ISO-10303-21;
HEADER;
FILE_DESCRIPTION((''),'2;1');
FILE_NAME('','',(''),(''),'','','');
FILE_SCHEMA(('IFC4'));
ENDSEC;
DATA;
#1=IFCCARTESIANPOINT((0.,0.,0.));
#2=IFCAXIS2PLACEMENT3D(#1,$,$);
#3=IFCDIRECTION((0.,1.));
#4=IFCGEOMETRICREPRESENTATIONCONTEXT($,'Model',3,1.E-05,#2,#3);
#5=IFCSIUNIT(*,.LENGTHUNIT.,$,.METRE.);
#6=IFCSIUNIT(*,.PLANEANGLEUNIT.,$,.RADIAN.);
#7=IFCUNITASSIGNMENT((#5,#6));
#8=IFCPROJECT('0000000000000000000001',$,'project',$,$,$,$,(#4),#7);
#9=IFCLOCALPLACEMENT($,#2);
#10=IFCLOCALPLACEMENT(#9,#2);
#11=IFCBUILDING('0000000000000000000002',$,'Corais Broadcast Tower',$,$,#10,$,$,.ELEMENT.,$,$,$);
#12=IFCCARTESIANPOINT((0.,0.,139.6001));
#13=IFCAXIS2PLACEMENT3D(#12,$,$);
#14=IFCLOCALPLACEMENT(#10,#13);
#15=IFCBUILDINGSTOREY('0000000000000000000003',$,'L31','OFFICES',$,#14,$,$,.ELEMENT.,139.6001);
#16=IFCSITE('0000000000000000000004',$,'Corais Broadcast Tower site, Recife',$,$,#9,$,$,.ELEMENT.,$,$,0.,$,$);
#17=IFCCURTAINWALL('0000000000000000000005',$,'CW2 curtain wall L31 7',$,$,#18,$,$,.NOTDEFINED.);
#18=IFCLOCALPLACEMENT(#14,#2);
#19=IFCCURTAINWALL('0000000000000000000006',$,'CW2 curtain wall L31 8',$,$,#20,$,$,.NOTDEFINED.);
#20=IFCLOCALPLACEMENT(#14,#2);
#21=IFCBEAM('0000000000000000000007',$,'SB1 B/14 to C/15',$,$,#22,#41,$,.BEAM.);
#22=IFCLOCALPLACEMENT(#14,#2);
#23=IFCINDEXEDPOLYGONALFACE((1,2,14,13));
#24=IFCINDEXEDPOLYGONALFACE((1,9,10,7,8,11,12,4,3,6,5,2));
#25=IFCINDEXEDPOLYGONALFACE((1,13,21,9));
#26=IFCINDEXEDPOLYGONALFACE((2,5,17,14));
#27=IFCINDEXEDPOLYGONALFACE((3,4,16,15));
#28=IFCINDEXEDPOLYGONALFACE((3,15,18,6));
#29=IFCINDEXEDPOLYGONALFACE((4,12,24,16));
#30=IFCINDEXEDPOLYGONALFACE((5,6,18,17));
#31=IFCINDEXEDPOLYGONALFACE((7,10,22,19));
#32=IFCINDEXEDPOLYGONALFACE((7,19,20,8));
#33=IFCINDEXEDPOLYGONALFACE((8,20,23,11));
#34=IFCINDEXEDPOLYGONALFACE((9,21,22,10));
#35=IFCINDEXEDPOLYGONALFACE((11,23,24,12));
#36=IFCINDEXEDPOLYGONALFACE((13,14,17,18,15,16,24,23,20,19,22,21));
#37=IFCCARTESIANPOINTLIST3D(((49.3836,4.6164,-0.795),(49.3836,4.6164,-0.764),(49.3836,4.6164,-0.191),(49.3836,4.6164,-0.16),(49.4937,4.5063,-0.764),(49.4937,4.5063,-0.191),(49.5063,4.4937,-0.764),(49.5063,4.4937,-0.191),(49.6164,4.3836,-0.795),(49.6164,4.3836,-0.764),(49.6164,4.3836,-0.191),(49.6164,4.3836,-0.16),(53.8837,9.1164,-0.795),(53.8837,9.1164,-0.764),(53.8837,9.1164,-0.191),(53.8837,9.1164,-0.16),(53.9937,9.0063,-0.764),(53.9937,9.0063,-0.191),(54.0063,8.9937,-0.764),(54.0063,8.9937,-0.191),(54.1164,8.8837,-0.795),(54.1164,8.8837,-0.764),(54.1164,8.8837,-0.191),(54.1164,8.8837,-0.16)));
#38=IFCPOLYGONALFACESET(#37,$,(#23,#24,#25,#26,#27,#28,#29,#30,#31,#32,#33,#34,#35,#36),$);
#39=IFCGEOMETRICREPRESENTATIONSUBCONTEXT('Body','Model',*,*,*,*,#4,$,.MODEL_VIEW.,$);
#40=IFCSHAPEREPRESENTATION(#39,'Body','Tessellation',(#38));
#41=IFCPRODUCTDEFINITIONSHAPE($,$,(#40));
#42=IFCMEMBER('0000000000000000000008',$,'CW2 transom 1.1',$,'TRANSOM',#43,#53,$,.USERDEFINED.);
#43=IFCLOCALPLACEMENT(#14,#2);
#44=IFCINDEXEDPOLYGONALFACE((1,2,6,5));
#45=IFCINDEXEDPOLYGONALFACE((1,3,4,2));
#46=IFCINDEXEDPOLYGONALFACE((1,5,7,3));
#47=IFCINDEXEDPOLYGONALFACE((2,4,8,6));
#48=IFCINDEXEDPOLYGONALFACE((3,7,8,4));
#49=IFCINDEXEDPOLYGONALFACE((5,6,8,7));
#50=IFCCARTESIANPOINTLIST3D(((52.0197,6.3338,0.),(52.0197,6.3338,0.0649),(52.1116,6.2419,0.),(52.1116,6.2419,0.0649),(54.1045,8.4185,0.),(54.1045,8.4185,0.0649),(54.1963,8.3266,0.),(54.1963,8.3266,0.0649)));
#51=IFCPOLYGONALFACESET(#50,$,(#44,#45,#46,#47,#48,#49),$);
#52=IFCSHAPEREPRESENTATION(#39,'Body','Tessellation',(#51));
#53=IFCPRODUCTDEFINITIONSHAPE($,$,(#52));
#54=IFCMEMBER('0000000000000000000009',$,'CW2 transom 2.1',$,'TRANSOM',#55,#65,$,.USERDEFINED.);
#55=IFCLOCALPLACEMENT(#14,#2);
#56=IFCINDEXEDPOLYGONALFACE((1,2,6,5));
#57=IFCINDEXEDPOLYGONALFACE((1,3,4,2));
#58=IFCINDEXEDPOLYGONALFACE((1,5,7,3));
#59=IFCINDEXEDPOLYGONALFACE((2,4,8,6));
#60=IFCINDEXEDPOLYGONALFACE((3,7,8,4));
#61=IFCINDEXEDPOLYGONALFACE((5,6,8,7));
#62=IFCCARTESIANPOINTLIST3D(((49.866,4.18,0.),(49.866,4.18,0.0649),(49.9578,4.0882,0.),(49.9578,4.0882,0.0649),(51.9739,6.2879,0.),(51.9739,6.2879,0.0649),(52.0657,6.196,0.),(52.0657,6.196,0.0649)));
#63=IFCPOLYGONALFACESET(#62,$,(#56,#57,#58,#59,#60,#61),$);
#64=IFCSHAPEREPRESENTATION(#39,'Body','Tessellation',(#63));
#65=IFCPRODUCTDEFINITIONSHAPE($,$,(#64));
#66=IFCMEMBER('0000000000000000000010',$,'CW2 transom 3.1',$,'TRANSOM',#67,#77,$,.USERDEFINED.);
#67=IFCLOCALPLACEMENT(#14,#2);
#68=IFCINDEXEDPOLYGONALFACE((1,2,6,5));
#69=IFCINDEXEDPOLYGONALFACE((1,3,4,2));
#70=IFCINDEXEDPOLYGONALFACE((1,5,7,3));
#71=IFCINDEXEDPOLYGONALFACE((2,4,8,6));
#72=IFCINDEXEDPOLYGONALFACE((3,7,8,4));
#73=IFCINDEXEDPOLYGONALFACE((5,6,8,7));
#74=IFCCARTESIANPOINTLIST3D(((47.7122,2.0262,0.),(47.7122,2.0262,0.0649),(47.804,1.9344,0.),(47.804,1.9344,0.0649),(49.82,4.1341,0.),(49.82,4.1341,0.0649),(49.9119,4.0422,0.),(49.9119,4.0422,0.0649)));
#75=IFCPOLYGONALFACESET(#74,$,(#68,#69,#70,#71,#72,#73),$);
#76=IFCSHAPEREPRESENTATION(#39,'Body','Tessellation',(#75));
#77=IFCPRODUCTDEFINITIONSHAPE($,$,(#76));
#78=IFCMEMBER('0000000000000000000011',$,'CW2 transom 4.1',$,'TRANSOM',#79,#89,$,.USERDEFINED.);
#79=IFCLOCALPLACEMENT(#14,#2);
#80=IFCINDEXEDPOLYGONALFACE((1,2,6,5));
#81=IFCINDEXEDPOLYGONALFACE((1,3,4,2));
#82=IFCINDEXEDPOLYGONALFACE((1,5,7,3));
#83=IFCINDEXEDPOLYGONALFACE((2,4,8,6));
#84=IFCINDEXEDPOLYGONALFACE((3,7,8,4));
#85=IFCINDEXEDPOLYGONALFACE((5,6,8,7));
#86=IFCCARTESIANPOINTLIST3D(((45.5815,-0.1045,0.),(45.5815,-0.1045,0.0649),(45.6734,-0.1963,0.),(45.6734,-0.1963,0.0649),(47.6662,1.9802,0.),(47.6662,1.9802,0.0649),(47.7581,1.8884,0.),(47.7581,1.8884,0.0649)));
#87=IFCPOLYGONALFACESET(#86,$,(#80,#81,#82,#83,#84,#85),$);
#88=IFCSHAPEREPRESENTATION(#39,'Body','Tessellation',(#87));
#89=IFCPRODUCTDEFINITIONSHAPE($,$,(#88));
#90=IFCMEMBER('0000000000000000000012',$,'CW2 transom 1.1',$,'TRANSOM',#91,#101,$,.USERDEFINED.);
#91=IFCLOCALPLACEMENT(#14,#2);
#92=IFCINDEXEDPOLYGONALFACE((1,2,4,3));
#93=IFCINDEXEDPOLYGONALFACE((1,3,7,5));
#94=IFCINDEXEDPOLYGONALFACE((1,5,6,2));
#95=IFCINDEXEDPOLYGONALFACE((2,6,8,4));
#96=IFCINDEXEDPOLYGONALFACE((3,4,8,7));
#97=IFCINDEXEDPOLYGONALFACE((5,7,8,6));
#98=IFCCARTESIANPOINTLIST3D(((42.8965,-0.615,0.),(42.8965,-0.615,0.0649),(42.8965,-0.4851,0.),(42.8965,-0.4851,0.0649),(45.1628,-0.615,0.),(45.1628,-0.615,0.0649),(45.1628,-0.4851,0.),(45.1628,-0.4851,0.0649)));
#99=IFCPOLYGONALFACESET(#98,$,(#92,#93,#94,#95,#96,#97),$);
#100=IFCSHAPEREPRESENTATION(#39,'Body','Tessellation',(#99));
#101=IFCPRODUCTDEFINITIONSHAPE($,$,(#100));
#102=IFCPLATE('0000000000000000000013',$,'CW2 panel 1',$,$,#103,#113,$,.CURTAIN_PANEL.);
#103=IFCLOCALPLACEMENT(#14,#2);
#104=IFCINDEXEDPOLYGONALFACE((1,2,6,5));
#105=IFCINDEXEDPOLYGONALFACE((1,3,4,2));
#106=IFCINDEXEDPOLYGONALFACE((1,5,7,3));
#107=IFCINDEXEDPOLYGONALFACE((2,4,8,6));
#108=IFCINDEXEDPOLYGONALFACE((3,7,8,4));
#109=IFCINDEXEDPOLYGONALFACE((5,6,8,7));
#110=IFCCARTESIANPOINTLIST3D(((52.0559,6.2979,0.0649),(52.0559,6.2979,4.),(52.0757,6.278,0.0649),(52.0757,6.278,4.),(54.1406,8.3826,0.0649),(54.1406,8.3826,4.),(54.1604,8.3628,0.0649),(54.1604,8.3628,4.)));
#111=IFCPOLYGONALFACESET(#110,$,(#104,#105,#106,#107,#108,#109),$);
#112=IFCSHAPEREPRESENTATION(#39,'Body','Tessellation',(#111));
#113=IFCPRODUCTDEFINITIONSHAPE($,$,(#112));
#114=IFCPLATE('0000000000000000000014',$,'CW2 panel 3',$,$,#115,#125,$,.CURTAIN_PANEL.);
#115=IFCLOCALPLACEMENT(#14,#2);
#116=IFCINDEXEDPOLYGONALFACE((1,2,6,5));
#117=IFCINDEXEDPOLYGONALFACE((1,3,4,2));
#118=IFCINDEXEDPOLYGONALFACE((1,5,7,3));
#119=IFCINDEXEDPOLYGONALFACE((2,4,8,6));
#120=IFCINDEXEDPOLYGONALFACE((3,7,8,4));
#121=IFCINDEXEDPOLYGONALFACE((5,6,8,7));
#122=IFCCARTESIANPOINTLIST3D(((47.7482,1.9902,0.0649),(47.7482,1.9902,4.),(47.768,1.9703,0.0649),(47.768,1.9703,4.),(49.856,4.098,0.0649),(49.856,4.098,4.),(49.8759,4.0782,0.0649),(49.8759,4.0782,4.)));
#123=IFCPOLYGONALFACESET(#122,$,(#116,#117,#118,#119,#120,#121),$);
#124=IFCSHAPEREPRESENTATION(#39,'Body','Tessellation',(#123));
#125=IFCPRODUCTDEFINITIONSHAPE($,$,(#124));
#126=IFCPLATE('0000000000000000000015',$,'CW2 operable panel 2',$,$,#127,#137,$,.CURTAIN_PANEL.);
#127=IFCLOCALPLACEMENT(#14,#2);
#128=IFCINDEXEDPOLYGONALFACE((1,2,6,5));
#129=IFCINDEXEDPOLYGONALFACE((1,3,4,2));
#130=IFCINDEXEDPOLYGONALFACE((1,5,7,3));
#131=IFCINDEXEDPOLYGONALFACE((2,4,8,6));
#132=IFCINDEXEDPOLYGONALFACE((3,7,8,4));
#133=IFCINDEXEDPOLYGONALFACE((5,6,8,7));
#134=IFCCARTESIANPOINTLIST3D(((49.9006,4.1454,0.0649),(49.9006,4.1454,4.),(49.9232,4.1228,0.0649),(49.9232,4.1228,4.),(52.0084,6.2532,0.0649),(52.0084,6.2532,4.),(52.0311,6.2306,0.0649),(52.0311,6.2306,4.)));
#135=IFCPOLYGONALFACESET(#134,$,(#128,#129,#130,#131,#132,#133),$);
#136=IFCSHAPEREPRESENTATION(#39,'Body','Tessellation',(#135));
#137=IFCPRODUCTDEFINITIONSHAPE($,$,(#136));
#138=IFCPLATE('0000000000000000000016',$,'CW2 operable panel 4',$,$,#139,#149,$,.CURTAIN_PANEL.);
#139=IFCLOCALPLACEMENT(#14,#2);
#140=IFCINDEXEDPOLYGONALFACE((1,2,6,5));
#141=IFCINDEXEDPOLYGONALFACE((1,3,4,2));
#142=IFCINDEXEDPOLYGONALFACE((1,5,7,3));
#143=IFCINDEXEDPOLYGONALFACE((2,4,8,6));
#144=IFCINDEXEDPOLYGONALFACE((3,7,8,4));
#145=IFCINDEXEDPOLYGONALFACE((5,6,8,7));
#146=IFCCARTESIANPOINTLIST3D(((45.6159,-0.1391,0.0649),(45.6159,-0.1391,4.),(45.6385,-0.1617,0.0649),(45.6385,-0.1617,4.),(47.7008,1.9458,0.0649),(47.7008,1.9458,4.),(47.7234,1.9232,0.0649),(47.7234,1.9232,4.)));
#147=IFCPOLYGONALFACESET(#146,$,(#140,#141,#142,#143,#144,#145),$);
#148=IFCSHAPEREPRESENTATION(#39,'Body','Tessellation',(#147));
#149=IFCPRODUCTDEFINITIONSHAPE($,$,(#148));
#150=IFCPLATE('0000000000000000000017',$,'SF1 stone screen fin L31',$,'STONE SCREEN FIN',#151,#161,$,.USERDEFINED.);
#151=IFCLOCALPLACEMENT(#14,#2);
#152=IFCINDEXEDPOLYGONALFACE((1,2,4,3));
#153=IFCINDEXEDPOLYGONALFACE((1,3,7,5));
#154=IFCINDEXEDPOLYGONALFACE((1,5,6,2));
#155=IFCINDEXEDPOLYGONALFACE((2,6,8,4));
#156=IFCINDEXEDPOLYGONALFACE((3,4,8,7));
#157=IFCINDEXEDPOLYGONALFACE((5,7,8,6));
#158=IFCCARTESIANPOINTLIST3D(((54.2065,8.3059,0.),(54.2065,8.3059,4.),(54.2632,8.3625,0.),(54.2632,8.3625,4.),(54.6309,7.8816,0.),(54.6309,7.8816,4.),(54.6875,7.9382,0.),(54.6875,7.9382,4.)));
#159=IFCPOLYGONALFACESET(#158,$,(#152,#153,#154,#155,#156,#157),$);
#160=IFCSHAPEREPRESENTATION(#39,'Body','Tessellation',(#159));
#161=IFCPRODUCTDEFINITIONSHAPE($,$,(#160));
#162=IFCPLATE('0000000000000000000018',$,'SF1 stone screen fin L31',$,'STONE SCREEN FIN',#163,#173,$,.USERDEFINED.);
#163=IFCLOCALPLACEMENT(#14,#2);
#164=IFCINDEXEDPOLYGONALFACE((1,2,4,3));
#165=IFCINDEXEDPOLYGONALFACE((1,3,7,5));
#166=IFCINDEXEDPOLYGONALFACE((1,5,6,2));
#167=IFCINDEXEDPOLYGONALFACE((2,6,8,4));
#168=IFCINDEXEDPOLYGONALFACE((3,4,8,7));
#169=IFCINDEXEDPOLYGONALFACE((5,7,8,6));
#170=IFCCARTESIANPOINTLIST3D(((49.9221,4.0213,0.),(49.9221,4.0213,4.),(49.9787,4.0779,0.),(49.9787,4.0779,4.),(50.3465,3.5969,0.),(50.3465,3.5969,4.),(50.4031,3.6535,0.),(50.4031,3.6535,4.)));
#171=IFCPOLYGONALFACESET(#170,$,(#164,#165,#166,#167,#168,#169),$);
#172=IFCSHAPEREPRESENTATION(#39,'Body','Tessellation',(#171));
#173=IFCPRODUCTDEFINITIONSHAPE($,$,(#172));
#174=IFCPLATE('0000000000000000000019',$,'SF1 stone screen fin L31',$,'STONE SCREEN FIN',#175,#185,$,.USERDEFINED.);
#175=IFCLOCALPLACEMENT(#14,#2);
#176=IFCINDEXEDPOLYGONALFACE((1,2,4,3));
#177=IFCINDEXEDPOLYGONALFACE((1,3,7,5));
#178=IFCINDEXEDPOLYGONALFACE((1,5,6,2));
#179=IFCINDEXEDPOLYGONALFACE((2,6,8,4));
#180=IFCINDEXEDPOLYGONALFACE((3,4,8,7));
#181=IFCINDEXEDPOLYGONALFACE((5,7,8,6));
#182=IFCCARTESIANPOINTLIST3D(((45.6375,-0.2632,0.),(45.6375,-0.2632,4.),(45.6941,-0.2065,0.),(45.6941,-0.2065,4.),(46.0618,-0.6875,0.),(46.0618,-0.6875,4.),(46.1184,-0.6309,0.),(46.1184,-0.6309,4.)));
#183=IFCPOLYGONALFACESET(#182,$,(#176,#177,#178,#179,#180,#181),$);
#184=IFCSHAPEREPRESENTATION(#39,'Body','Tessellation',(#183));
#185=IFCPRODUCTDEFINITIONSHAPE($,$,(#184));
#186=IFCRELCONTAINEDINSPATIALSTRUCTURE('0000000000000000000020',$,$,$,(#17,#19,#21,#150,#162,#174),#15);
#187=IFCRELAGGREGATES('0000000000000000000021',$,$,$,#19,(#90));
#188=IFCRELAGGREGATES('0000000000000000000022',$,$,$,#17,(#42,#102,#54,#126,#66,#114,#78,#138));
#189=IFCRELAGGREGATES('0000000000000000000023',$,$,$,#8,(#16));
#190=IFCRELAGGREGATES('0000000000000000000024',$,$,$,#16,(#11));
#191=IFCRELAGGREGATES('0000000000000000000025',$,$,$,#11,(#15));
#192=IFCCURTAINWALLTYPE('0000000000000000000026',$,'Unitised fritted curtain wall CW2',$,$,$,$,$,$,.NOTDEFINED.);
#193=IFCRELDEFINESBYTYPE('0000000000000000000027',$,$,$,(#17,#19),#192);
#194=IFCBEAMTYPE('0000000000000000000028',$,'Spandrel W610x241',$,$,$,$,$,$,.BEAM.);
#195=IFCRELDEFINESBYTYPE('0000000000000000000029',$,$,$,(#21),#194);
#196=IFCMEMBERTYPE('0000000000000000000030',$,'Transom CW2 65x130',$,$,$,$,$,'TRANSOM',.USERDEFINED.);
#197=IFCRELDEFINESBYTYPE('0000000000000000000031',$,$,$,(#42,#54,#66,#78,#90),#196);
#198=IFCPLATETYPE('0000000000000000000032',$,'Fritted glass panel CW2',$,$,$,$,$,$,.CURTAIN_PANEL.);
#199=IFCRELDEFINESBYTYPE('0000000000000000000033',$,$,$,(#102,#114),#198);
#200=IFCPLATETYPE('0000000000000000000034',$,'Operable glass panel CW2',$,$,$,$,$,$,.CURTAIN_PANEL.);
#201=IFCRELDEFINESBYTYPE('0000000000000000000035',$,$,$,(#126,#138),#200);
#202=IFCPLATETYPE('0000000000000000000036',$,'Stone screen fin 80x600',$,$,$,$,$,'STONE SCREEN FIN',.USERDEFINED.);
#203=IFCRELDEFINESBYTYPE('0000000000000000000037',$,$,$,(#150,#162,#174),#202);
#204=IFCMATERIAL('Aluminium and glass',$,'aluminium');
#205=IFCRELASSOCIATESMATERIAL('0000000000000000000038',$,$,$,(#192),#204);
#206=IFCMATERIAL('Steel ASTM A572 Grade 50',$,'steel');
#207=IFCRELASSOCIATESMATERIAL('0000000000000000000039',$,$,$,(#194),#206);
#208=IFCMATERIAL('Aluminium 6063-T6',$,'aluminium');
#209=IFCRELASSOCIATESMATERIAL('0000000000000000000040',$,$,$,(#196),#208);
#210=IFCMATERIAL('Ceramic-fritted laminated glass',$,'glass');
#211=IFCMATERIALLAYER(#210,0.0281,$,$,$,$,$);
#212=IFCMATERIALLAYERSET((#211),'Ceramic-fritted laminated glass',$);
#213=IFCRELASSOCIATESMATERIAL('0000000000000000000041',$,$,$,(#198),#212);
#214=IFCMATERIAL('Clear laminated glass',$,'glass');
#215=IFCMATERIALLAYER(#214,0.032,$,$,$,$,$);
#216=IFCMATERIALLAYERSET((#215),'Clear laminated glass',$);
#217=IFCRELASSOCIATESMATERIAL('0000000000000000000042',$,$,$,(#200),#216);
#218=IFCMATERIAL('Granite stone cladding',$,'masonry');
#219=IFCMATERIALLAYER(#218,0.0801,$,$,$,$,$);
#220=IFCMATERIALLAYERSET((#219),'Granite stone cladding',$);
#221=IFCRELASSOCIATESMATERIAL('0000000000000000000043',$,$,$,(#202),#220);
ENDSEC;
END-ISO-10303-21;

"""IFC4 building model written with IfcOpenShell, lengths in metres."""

from ifc_helpers import new_model, si_unit, direction, frame, origin, origin_2d, place, context, subcontext, project, spatial, rectangle, i_section, extrude, material, layer, layer_set, material_profile, profile_set, type_object, element, aggregate, save


model = new_model("IFC4")

# Units and contexts
model_context = context("Model", 3, precision=1e-05, world=origin(), true_north=direction((0.0, 1.0)))
body_context = subcontext(model_context, "Body", "Model", "MODEL_VIEW")
ifc_project = project(units=[si_unit("LENGTHUNIT", "METRE"), si_unit("PLANEANGLEUNIT", "RADIAN")], contexts=[model_context])

# Site, building, storey
site_placement = place(None, origin())
site = spatial("IfcSite", under=ifc_project, at=site_placement, Name="Corais Broadcast Tower site, Recife", CompositionType="ELEMENT", RefElevation=0.0)
building_placement = place(site_placement, origin())
building = spatial("IfcBuilding", under=site, at=building_placement, Name="Corais Broadcast Tower", CompositionType="ELEMENT")
storey_placement = place(building_placement, frame((0.0, 0.0, 139.6001)))
storey = spatial("IfcBuildingStorey", under=building, at=storey_placement, Name="L31", Description="OFFICES", CompositionType="ELEMENT", Elevation=139.6001)

# Shared definitions
ifc_material_1 = material(Name="Aluminium and glass", Category="aluminium")
curtain_wall_type = type_object("IfcCurtainWallType", Name="Unitised fritted curtain wall CW2", PredefinedType="NOTDEFINED", material=ifc_material_1)

# Curtain wall
curtain_wall_1_placement = place(storey_placement, origin())
curtain_wall_1 = element("IfcCurtainWall", 1, at=curtain_wall_1_placement, inside=storey, type_object=curtain_wall_type, Name="CW2 curtain wall L31 7", PredefinedType="NOTDEFINED")

# Curtain wall
curtain_wall_2_placement = place(storey_placement, origin())
curtain_wall_2 = element("IfcCurtainWall", 2, at=curtain_wall_2_placement, inside=storey, type_object=curtain_wall_type, Name="CW2 curtain wall L31 8", PredefinedType="NOTDEFINED")

# Beam
ifc_material_2 = material(Name="Steel ASTM A572 Grade 50", Category="steel")
ifc_material_profile_1 = material_profile(ifc_material_2, i_section(OverallWidth=0.3291, OverallDepth=0.635, WebThickness=0.0178, FlangeThickness=0.031, at=origin_2d()), Name="W610x241")
ifc_profile_set_1 = profile_set([ifc_material_profile_1], Name="Steel ASTM A572 Grade 50")
beam_type_1 = type_object("IfcBeamType", Name="Spandrel W610x241", PredefinedType="BEAM", material=ifc_profile_set_1)
beam_1_placement = place(storey_placement, frame((49.5, 4.5, -0.4775), z_axis=(0.707107, 0.707107, 0.0), x_axis=(-0.707107, 0.707107, 0.0)))
element("IfcBeam", 3, at=beam_1_placement, inside=storey, type_object=beam_type_1, Name="SB1 B/14 to C/15", PredefinedType="BEAM", context=body_context, shape_type="SweptSolid", body=[
    extrude(i_section(OverallWidth=0.3291, OverallDepth=0.635, WebThickness=0.0178, FlangeThickness=0.031, at=origin_2d()), origin(), (0.0, 0.0, 1.0), 6.364),
])

# Members
ifc_material_3 = material(Name="Aluminium 6063-T6", Category="aluminium")
ifc_material_profile_2 = material_profile(ifc_material_3, rectangle(XDim=0.1299, YDim=0.0649, at=origin_2d()), Name="Transom CW2 65x130")
ifc_profile_set_2 = profile_set([ifc_material_profile_2], Name="Aluminium 6063-T6")
member_type_1 = type_object("IfcMemberType", Name="Transom CW2 65x130", ElementType="TRANSOM", PredefinedType="USERDEFINED", material=ifc_profile_set_2)
member_1_placement = place(storey_placement, frame((54.1504, 8.3726, 0.0325), z_axis=(-0.707107, -0.707107, 0.0), x_axis=(0.707107, -0.707107, 0.0)))
member_1 = element("IfcMember", 4, at=member_1_placement, type_object=member_type_1, Name="CW2 transom 1.1", ObjectType="TRANSOM", PredefinedType="USERDEFINED", context=body_context, shape_type="SweptSolid", body=[
    extrude(rectangle(XDim=0.1299, YDim=0.0649, at=origin_2d()), origin(), (0.0, 0.0, 1.0), 2.9482),
])
member_2_placement = place(storey_placement, frame((52.0198, 6.2419, 0.0325), z_axis=(-0.707107, -0.707107, 0.0), x_axis=(0.707107, -0.707107, 0.0)))
member_2 = element("IfcMember", 5, at=member_2_placement, type_object=member_type_1, Name="CW2 transom 2.1", ObjectType="TRANSOM", PredefinedType="USERDEFINED", context=body_context, shape_type="SweptSolid", body=[
    extrude(rectangle(XDim=0.1299, YDim=0.0649, at=origin_2d()), origin(), (0.0, 0.0, 1.0), 2.981),
])
member_3_placement = place(storey_placement, frame((49.866, 4.0881, 0.0325), z_axis=(-0.707107, -0.707107, 0.0), x_axis=(0.707107, -0.707107, 0.0)))
member_3 = element("IfcMember", 6, at=member_3_placement, type_object=member_type_1, Name="CW2 transom 3.1", ObjectType="TRANSOM", PredefinedType="USERDEFINED", context=body_context, shape_type="SweptSolid", body=[
    extrude(rectangle(XDim=0.1299, YDim=0.0649, at=origin_2d()), origin(), (0.0, 0.0, 1.0), 2.981),
])
member_4_placement = place(storey_placement, frame((47.7122, 1.9343, 0.0325), z_axis=(-0.707107, -0.707107, 0.0), x_axis=(0.707107, -0.707107, 0.0)))
member_4 = element("IfcMember", 7, at=member_4_placement, type_object=member_type_1, Name="CW2 transom 4.1", ObjectType="TRANSOM", PredefinedType="USERDEFINED", context=body_context, shape_type="SweptSolid", body=[
    extrude(rectangle(XDim=0.1299, YDim=0.0649, at=origin_2d()), origin(), (0.0, 0.0, 1.0), 2.9482),
])
member_5_placement = place(storey_placement, frame((45.1628, -0.55, 0.0325), z_axis=(-1.0, 0.0, 0.0), x_axis=(0.0, -1.0, 0.0)))
member_5 = element("IfcMember", 8, at=member_5_placement, type_object=member_type_1, Name="CW2 transom 1.1", ObjectType="TRANSOM", PredefinedType="USERDEFINED", context=body_context, shape_type="SweptSolid", body=[
    extrude(rectangle(XDim=0.1299, YDim=0.0649, at=origin_2d()), origin(), (0.0, 0.0, 1.0), 2.2664),
])
aggregate(curtain_wall_2, [member_5])

# Plates
ifc_material_4 = material(Name="Ceramic-fritted laminated glass", Category="glass")
ifc_layer_1 = layer(ifc_material_4, 0.0281)
ifc_layer_set_1 = layer_set([ifc_layer_1], Name="Ceramic-fritted laminated glass")
plate_type_1 = type_object("IfcPlateType", Name="Fritted glass panel CW2", PredefinedType="CURTAIN_PANEL", material=ifc_layer_set_1)
plate_1_placement = place(storey_placement, frame((53.1082, 7.3303, 0.0649), z_axis=(0.0, 0.0, 1.0), x_axis=(-0.707107, -0.707107, 0.0)))
plate_1 = element("IfcPlate", 9, at=plate_1_placement, type_object=plate_type_1, Name="CW2 panel 1", PredefinedType="CURTAIN_PANEL", context=body_context, shape_type="SweptSolid", body=[
    extrude(rectangle(XDim=2.9482, YDim=0.0281, at=origin_2d()), origin(), (0.0, 0.0, 1.0), 3.9351),
])
plate_2_placement = place(storey_placement, frame((48.812, 3.0342, 0.0649), z_axis=(0.0, 0.0, 1.0), x_axis=(-0.707107, -0.707107, 0.0)))
plate_2 = element("IfcPlate", 10, at=plate_2_placement, type_object=plate_type_1, Name="CW2 panel 3", PredefinedType="CURTAIN_PANEL", context=body_context, shape_type="SweptSolid", body=[
    extrude(rectangle(XDim=2.981, YDim=0.0281, at=origin_2d()), origin(), (0.0, 0.0, 1.0), 3.9351),
])
ifc_material_5 = material(Name="Clear laminated glass", Category="glass")
ifc_layer_2 = layer(ifc_material_5, 0.032)
ifc_layer_set_2 = layer_set([ifc_layer_2], Name="Clear laminated glass")
plate_type_2 = type_object("IfcPlateType", Name="Operable glass panel CW2", PredefinedType="CURTAIN_PANEL", material=ifc_layer_set_2)
plate_3_placement = place(storey_placement, frame((50.9658, 5.188, 0.0649), z_axis=(0.0, 0.0, 1.0), x_axis=(-0.707107, -0.707107, 0.0)))
plate_3 = element("IfcPlate", 11, at=plate_3_placement, type_object=plate_type_2, Name="CW2 operable panel 2", PredefinedType="CURTAIN_PANEL", context=body_context, shape_type="SweptSolid", body=[
    extrude(rectangle(XDim=2.981, YDim=0.032, at=origin_2d()), origin(), (0.0, 0.0, 1.0), 3.9351),
])
plate_4_placement = place(storey_placement, frame((46.6697, 0.8921, 0.0649), z_axis=(0.0, 0.0, 1.0), x_axis=(-0.707107, -0.707107, 0.0)))
plate_4 = element("IfcPlate", 12, at=plate_4_placement, type_object=plate_type_2, Name="CW2 operable panel 4", PredefinedType="CURTAIN_PANEL", context=body_context, shape_type="SweptSolid", body=[
    extrude(rectangle(XDim=2.9485, YDim=0.032, at=origin_2d()), origin(), (0.0, 0.0, 1.0), 3.9351),
])
aggregate(curtain_wall_1, [member_1, plate_1, member_2, plate_3, member_3, plate_2, member_4, plate_4])

# Plates
ifc_material_6 = material(Name="Granite stone cladding", Category="masonry")
ifc_layer_3 = layer(ifc_material_6, 0.0801)
ifc_layer_set_3 = layer_set([ifc_layer_3], Name="Granite stone cladding")
plate_type_3 = type_object("IfcPlateType", Name="Stone screen fin 80x600", ElementType="STONE SCREEN FIN", PredefinedType="USERDEFINED", material=ifc_layer_set_3)
for number, where, z_axis, x_axis, name in (
    (13, (54.447, 8.1221, 0.0), (0.0, 0.0, 1.0), (-0.707107, -0.707107, 0.0), "SF1 stone screen fin L31"),
    (14, (50.1626, 3.8374, 0.0), (0.0, 0.0, 1.0), (-0.707107, -0.707107, 0.0), "SF1 stone screen fin L31"),
    (15, (45.8779, -0.447, 0.0), (0.0, 0.0, 1.0), (-0.707107, -0.707107, 0.0), "SF1 stone screen fin L31"),
):
    element("IfcPlate", number, at=place(storey_placement, frame(where, z_axis=z_axis, x_axis=x_axis)), inside=storey, type_object=plate_type_3, Name=name, ObjectType="STONE SCREEN FIN", PredefinedType="USERDEFINED", context=body_context, shape_type="SweptSolid", body=[
        extrude(rectangle(XDim=0.0801, YDim=0.6001, at=origin_2d()), origin(), (0.0, 0.0, 1.0), 4.0),
    ])

save(model, "model.ifc")
